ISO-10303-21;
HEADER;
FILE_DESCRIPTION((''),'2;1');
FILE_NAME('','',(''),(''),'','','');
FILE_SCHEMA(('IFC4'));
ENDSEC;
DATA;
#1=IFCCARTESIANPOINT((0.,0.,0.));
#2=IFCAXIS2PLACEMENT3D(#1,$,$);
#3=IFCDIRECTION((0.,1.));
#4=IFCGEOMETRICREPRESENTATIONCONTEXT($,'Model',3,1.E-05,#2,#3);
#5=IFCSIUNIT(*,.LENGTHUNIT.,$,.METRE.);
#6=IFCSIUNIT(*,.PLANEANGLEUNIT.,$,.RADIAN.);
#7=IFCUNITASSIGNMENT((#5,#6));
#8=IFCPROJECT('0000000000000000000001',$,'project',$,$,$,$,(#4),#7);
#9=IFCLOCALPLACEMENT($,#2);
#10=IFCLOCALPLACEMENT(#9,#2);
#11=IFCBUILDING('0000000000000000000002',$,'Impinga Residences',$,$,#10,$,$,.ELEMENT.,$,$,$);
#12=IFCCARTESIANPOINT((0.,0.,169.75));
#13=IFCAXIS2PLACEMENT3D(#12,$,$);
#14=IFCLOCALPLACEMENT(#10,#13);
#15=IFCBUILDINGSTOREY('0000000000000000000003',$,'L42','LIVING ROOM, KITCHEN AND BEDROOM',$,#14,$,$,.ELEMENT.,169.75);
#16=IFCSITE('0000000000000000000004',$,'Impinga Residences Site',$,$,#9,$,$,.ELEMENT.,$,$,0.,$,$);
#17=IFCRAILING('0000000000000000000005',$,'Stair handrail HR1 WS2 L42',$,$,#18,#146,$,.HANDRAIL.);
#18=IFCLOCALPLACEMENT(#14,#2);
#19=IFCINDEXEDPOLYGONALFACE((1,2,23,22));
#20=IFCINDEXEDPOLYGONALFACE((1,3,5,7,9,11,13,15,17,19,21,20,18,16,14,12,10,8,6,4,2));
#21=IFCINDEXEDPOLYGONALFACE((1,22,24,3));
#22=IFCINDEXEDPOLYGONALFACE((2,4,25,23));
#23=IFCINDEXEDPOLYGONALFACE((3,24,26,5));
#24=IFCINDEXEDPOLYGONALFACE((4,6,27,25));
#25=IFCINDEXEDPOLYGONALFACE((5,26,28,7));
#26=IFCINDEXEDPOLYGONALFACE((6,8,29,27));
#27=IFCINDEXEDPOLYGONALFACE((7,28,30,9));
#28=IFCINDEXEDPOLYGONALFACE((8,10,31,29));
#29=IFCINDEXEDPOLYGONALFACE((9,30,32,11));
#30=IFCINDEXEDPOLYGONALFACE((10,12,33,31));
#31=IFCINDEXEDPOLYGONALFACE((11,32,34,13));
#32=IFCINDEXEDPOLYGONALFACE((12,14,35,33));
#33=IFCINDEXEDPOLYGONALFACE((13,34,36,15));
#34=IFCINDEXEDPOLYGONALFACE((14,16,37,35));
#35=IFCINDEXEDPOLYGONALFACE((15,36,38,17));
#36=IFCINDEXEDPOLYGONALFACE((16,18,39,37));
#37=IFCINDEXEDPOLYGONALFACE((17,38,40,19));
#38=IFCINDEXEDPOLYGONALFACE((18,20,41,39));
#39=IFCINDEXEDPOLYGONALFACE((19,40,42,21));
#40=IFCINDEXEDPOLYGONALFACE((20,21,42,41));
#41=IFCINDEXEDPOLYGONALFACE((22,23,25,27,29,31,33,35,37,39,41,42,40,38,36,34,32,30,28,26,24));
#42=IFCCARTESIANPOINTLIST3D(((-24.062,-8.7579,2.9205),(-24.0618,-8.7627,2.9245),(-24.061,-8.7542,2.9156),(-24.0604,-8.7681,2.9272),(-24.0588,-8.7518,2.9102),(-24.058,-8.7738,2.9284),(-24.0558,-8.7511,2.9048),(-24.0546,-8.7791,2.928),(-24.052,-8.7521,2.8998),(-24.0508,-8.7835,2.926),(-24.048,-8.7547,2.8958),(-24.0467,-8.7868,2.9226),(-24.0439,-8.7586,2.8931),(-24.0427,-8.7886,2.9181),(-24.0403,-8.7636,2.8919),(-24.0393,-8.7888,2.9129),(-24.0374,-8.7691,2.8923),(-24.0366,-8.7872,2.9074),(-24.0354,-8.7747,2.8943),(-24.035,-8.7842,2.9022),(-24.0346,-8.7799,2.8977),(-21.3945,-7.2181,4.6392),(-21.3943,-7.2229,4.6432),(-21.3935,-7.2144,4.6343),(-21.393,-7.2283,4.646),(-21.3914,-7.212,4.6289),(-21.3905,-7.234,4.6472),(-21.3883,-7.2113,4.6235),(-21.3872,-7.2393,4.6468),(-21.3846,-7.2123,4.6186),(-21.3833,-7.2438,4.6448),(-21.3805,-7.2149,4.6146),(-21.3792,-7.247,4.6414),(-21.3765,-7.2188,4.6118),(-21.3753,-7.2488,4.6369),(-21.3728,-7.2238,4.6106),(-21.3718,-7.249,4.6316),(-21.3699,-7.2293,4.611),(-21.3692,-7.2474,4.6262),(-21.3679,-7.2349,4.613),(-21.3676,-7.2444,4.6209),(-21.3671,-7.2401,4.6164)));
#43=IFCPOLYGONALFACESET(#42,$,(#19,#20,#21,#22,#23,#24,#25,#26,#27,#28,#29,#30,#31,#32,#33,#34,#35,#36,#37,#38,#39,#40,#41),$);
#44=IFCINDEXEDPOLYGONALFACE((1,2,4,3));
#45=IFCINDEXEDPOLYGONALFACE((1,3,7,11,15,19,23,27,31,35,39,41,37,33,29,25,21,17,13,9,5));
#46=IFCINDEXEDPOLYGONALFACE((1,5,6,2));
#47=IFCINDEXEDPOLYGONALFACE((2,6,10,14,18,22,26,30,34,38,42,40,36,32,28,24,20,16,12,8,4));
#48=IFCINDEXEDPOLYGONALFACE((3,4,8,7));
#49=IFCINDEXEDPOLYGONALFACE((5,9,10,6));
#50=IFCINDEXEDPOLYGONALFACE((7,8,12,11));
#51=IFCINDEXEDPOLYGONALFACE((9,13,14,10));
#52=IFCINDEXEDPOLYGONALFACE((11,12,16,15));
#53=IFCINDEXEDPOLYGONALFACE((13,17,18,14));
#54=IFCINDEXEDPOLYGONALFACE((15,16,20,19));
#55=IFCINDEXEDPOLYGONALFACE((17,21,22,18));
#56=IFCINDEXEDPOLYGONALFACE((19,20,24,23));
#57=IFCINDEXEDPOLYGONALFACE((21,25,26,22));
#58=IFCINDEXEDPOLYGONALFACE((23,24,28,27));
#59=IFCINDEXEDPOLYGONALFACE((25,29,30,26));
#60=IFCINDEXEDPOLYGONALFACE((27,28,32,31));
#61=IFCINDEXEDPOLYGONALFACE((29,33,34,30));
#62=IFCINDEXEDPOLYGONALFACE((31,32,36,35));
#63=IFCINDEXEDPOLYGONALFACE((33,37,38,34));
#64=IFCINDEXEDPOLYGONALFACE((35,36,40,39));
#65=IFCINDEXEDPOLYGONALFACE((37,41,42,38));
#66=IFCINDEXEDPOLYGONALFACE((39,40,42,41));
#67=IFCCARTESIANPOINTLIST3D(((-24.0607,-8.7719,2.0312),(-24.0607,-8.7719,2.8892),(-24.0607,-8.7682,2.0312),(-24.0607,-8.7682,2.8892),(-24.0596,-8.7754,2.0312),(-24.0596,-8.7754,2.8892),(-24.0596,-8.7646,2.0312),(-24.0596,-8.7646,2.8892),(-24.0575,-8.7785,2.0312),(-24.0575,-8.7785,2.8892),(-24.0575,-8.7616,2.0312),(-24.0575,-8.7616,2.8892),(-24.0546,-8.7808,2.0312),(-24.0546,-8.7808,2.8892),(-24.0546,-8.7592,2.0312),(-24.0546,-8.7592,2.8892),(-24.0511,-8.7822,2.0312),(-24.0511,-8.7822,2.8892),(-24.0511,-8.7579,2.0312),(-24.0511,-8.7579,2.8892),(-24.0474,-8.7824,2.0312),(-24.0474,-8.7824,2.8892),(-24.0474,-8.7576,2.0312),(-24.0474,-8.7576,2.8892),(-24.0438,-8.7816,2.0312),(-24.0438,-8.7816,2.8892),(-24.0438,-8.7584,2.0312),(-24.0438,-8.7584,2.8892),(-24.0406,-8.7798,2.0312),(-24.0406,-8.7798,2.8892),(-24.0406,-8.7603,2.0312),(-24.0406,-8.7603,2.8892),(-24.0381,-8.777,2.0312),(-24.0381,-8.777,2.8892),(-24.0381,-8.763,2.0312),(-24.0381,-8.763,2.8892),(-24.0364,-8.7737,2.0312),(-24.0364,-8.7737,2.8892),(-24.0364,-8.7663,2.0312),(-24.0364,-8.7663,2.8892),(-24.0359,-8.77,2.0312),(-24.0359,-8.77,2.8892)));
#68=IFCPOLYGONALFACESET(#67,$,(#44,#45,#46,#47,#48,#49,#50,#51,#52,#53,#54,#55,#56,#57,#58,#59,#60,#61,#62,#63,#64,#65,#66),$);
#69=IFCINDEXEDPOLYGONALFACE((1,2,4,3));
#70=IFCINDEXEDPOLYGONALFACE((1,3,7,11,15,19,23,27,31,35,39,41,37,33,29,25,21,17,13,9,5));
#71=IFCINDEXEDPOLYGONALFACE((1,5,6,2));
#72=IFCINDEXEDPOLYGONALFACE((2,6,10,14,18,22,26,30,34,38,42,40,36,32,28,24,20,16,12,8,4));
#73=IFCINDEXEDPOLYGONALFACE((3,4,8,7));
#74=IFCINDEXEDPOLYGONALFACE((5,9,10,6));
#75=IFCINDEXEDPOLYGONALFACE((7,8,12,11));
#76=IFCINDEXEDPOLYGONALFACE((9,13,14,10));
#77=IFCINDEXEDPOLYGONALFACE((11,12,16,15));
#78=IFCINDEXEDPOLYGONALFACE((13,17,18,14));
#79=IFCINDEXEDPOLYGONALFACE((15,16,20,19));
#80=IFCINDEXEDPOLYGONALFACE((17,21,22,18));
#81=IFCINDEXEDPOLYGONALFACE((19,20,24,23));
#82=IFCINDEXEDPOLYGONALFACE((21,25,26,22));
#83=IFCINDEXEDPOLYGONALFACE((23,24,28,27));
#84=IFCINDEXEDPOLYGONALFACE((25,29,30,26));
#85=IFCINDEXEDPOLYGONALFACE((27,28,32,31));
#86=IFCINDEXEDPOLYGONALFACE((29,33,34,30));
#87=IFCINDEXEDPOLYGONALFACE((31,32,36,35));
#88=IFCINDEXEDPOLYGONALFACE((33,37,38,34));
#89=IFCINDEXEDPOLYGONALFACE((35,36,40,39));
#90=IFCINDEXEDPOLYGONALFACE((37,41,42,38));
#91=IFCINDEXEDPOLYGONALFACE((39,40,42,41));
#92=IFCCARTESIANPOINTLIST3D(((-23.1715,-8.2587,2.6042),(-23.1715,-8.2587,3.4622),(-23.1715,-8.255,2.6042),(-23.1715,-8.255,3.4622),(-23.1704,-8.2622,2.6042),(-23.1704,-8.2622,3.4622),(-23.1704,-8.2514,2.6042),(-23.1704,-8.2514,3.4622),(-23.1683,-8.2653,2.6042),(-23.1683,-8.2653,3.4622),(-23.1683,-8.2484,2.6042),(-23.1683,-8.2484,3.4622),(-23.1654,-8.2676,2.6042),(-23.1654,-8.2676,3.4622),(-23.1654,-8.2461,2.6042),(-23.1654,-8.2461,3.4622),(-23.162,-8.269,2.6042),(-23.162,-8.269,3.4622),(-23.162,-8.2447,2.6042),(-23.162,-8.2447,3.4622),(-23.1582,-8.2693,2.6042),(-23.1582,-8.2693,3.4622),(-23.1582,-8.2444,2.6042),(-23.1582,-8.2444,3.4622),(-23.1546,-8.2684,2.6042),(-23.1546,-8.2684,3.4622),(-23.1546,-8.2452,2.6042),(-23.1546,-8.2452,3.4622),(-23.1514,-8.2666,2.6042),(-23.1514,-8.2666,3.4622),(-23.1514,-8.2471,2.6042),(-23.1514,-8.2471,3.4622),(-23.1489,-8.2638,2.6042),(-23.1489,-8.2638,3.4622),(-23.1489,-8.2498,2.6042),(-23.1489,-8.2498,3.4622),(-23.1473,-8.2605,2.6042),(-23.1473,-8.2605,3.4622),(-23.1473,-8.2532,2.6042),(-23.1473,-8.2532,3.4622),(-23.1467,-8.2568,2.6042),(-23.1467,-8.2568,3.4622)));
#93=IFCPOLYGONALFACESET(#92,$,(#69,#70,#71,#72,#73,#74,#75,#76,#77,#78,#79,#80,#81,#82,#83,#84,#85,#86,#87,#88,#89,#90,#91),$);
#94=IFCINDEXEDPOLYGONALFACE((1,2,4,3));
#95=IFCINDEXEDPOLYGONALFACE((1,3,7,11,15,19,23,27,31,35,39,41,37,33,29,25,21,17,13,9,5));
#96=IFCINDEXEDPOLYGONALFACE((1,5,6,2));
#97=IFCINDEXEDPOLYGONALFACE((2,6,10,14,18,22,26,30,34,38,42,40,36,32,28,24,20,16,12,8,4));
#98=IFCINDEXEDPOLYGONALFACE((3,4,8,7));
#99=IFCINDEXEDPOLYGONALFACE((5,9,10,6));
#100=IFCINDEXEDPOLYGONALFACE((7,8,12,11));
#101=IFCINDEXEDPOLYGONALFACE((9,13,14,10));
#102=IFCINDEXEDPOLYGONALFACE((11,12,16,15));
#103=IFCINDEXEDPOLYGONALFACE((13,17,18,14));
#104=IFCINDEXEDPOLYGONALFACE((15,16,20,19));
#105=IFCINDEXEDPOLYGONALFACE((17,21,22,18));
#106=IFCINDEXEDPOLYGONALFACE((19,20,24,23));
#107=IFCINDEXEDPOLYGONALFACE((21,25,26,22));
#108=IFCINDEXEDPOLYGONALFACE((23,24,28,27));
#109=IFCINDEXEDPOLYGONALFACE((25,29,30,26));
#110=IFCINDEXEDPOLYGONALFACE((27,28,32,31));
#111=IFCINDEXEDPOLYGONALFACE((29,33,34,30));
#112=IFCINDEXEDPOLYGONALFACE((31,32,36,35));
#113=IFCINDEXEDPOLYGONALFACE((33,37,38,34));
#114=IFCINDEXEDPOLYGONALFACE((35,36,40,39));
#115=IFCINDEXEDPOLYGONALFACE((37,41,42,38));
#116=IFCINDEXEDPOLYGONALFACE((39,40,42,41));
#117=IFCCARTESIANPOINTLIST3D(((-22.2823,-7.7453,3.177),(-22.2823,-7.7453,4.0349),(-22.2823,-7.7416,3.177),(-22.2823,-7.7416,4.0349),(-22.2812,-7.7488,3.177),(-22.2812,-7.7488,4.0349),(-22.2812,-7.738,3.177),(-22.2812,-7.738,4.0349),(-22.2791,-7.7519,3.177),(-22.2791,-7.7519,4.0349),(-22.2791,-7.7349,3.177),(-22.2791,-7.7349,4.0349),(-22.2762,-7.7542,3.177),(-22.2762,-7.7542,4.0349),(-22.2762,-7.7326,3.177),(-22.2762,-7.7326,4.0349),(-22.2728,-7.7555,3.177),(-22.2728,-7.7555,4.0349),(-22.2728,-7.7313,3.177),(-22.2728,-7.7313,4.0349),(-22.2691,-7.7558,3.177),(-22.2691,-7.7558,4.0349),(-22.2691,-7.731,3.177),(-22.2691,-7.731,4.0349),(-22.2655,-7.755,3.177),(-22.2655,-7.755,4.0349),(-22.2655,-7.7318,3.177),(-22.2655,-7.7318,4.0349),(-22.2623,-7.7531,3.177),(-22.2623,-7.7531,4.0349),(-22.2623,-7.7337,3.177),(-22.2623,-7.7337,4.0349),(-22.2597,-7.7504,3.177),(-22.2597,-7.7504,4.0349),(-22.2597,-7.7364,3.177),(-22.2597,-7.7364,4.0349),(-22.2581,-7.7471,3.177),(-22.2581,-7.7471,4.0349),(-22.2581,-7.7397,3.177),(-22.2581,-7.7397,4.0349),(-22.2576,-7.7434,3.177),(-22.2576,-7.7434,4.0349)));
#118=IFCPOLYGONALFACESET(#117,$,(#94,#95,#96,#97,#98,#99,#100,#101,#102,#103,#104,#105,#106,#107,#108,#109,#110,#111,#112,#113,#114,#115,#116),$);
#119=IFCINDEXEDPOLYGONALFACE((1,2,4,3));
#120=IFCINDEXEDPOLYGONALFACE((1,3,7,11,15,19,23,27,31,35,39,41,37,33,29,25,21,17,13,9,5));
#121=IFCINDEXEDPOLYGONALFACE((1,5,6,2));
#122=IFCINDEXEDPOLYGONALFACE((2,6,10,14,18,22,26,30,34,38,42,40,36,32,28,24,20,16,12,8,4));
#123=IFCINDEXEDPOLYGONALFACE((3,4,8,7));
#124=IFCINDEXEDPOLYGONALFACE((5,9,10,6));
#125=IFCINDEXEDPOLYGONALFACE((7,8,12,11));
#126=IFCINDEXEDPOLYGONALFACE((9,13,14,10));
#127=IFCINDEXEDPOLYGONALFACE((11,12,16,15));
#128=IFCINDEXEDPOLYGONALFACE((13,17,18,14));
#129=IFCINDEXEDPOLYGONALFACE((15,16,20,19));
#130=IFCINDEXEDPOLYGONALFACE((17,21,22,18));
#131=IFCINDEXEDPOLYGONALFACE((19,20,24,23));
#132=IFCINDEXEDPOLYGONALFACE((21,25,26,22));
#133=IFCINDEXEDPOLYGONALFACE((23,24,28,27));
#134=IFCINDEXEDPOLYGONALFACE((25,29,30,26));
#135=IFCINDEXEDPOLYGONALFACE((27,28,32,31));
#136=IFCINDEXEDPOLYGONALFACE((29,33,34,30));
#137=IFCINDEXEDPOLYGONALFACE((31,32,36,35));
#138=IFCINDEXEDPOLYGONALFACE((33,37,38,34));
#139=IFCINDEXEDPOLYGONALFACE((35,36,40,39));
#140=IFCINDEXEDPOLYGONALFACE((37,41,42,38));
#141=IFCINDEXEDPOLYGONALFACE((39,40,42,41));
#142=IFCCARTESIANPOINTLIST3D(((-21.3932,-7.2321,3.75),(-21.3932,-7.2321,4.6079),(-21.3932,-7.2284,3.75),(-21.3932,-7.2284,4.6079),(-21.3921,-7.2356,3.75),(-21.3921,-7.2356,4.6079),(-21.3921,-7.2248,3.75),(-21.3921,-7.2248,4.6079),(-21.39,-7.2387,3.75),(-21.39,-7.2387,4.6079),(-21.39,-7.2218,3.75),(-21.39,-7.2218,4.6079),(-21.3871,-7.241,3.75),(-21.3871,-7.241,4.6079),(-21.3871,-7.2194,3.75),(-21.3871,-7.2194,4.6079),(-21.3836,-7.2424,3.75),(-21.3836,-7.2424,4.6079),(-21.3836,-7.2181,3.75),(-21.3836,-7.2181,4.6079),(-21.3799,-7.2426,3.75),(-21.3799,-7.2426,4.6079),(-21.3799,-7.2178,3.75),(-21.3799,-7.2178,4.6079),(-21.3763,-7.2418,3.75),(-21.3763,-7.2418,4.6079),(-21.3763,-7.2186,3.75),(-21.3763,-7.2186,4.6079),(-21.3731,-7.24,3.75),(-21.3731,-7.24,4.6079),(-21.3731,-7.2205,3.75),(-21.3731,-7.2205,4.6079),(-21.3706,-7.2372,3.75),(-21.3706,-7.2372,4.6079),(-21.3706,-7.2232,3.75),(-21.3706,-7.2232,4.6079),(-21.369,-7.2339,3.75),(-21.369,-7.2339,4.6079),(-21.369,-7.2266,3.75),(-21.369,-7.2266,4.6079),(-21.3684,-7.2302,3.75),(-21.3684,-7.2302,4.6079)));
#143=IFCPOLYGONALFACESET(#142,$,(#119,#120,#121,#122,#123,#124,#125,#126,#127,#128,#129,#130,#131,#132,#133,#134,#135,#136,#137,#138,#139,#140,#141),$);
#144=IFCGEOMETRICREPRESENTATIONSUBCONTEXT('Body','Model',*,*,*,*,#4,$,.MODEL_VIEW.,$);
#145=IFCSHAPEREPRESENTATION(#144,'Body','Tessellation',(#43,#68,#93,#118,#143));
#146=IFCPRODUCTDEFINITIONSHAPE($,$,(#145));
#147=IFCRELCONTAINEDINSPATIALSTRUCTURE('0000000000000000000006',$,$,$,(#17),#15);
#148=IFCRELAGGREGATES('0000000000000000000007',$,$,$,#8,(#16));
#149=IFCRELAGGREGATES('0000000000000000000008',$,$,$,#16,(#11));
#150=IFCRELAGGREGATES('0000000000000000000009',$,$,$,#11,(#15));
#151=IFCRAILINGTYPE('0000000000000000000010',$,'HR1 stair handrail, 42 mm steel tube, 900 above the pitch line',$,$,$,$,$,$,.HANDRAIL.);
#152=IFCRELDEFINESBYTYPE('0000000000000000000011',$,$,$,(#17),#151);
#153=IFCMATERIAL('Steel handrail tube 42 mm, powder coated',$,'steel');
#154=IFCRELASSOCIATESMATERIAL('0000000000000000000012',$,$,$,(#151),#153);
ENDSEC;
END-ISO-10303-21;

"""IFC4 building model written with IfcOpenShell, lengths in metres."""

from ifc_helpers import new_model, si_unit, direction, frame, origin, origin_2d, place, context, subcontext, project, spatial, circle, extrude, material, type_object, element, save


model = new_model("IFC4")

# Units and contexts
model_context = context("Model", 3, precision=1e-05, world=origin(), true_north=direction((0.0, 1.0)))
body_context = subcontext(model_context, "Body", "Model", "MODEL_VIEW")
ifc_project = project(units=[si_unit("LENGTHUNIT", "METRE"), si_unit("PLANEANGLEUNIT", "RADIAN")], contexts=[model_context])

# Site, building, storey
site_placement = place(None, origin())
site = spatial("IfcSite", under=ifc_project, at=site_placement, Name="Impinga Residences Site", CompositionType="ELEMENT", RefElevation=0.0)
building_placement = place(site_placement, origin())
building = spatial("IfcBuilding", under=site, at=building_placement, Name="Impinga Residences", CompositionType="ELEMENT")
storey_placement = place(building_placement, frame((0.0, 0.0, 169.75)))
storey = spatial("IfcBuildingStorey", under=building, at=storey_placement, Name="L42", Description="LIVING ROOM, KITCHEN AND BEDROOM", CompositionType="ELEMENT", Elevation=169.75)

# Railing
ifc_material_1 = material(Name="Steel handrail tube 42 mm, powder coated", Category="steel")
railing_type_1 = type_object("IfcRailingType", Name="HR1 stair handrail, 42 mm steel tube, 900 above the pitch line", PredefinedType="HANDRAIL", material=ifc_material_1)
railing_1_placement = place(storey_placement, frame((-24.0483, -8.77, 2.0312)))
element("IfcRailing", 1, at=railing_1_placement, inside=storey, type_object=railing_type_1, Name="Stair handrail HR1 WS2 L42", PredefinedType="HANDRAIL", context=body_context, shape_type="SweptSolid", body=[
    extrude(circle(Radius=0.021, at=origin_2d()), frame((0.0, 0.0, 0.8789), z_axis=(0.756279, 0.43656, 0.487297), x_axis=(-0.499933, 0.866064, 0.0)), (0.0, 0.0, 1.0), 3.5271),
    extrude(circle(Radius=0.0125, at=origin_2d()), origin(), (0.0, 0.0, 1.0), 0.8579),
    extrude(circle(Radius=0.0125, at=origin_2d()), frame((0.8892, 0.5132, 0.573)), (0.0, 0.0, 1.0), 0.8579),
    extrude(circle(Radius=0.0125, at=origin_2d()), frame((1.7783, 1.0266, 1.1458)), (0.0, 0.0, 1.0), 0.8579),
    extrude(circle(Radius=0.0125, at=origin_2d()), frame((2.6675, 1.5398, 1.7188)), (0.0, 0.0, 1.0), 0.8579),
])

save(model, "model.ifc")
